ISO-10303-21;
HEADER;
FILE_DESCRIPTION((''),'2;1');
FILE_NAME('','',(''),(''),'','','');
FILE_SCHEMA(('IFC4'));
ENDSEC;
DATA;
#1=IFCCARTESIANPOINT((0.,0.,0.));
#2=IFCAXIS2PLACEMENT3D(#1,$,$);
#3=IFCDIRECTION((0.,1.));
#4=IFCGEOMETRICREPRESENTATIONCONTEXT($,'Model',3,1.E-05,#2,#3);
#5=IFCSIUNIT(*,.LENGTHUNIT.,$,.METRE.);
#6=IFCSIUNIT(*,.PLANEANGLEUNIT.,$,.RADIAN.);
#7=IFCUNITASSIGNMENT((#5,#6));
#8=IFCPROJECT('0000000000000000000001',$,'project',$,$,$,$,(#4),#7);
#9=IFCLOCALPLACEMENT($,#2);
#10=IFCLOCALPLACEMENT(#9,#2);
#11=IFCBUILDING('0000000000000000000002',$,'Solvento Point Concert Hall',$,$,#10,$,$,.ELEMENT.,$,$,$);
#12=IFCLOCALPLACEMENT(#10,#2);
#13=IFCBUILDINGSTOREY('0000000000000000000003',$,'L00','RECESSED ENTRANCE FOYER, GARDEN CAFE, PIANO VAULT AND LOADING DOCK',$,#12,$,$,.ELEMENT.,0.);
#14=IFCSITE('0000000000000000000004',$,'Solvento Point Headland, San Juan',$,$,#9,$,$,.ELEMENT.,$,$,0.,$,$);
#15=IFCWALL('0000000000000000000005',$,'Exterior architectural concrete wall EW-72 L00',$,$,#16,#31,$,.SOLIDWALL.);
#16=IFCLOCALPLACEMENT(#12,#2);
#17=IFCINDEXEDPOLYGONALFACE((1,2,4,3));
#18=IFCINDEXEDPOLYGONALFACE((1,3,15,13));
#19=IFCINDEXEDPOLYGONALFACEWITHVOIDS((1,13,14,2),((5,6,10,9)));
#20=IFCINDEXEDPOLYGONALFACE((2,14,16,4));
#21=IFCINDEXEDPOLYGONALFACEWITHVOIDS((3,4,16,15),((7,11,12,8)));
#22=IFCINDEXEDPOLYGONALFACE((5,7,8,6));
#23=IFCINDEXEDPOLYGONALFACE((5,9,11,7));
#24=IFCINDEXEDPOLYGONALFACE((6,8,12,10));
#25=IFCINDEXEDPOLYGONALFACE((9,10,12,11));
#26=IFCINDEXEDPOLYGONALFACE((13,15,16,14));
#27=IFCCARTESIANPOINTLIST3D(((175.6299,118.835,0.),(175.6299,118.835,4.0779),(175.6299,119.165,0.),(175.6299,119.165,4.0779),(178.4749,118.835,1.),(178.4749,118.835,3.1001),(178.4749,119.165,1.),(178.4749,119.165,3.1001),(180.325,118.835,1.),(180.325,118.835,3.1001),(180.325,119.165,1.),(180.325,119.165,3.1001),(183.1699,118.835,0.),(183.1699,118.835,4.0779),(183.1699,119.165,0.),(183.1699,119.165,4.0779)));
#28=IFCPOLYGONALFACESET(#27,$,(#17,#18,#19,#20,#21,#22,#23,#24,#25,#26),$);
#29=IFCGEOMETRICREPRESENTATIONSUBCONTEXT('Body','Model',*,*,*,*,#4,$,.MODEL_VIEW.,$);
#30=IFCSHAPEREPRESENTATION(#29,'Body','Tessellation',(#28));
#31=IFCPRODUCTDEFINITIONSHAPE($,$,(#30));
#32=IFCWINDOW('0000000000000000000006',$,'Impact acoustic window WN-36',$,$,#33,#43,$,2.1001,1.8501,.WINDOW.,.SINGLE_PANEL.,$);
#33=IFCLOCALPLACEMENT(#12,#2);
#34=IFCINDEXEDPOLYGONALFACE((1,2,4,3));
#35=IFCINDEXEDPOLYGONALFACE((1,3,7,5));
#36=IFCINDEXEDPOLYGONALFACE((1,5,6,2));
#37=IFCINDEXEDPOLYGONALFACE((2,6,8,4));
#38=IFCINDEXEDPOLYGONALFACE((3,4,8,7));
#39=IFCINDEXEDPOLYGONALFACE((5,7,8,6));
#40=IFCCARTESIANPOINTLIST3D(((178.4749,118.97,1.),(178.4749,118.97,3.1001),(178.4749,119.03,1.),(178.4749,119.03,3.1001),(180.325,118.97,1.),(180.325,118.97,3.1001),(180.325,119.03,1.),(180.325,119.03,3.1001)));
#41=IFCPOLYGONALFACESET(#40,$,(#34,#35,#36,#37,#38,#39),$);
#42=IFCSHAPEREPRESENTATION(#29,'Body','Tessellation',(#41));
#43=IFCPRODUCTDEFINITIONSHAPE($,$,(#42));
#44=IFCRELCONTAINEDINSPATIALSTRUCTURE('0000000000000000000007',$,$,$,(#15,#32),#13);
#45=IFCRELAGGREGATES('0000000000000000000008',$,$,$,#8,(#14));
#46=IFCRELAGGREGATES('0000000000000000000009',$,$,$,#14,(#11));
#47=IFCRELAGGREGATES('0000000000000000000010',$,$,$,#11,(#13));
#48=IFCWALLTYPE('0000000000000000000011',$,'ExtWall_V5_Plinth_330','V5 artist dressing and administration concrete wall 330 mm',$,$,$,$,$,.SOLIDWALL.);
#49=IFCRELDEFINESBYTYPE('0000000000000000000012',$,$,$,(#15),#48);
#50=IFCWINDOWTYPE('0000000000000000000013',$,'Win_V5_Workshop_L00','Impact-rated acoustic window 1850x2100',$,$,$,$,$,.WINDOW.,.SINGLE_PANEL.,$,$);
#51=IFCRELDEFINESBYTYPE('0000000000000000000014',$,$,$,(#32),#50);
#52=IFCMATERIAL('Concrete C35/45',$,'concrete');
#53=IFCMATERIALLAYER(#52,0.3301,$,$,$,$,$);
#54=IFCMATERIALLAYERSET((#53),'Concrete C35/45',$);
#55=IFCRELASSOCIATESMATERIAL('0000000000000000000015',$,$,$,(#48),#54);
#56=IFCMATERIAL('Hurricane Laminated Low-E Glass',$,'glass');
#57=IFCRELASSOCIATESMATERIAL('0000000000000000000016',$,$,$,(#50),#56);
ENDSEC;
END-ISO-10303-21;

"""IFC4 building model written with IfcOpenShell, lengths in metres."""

from ifc_helpers import new_model, si_unit, direction, frame, frame_2d, origin, place, context, subcontext, project, spatial, rectangle, extrude, material, layer, layer_set, type_object, element, fill, save


model = new_model("IFC4")

# Units and contexts
model_context = context("Model", 3, precision=1e-05, world=origin(), true_north=direction((0.0, 1.0)))
body_context = subcontext(model_context, "Body", "Model", "MODEL_VIEW")
ifc_project = project(units=[si_unit("LENGTHUNIT", "METRE"), si_unit("PLANEANGLEUNIT", "RADIAN")], contexts=[model_context])

# Site, building, storey
site_placement = place(None, origin())
site = spatial("IfcSite", under=ifc_project, at=site_placement, Name="Solvento Point Headland, San Juan", CompositionType="ELEMENT", RefElevation=0.0)
building_placement = place(site_placement, origin())
building = spatial("IfcBuilding", under=site, at=building_placement, Name="Solvento Point Concert Hall", CompositionType="ELEMENT")
storey_placement = place(building_placement, origin())
storey = spatial("IfcBuildingStorey", under=building, at=storey_placement, Name="L00", Description="RECESSED ENTRANCE FOYER, GARDEN CAFE, PIANO VAULT AND LOADING DOCK", CompositionType="ELEMENT", Elevation=0.0)

# Wall, opening, window
ifc_material_1 = material(Name="Concrete C35/45", Category="concrete")
ifc_layer_1 = layer(ifc_material_1, 0.3301)
ifc_layer_set_1 = layer_set([ifc_layer_1], Name="Concrete C35/45")
wall_type_1 = type_object("IfcWallType", Name="ExtWall_V5_Plinth_330", Description="V5 artist dressing and administration concrete wall 330 mm", PredefinedType="SOLIDWALL", material=ifc_layer_set_1)
ifc_material_2 = material(Name="Hurricane Laminated Low-E Glass", Category="glass")
window_type = type_object("IfcWindowType", Name="Win_V5_Workshop_L00", Description="Impact-rated acoustic window 1850x2100", PartitioningType="SINGLE_PANEL", PredefinedType="WINDOW", material=ifc_material_2)
wall_1_placement = place(storey_placement, frame((183.1699, 119.0, 0.0), z_axis=(0.0, 0.0, 1.0), x_axis=(-1.0, 0.0, 0.0)))
wall_1 = element("IfcWall", 1, at=wall_1_placement, inside=storey, type_object=wall_type_1, Name="Exterior architectural concrete wall EW-72 L00", PredefinedType="SOLIDWALL", context=body_context, shape_type="SweptSolid", body=[
    extrude(rectangle(XDim=7.54, YDim=0.3301, at=frame_2d((3.77, 0.0))), origin(), (0.0, 0.0, 1.0), 4.0779),
])
opening_1_placement = place(wall_1_placement, frame((2.845, 0.0, 1.0)))
opening_1 = element("IfcOpeningElement", 2, at=opening_1_placement, cuts=wall_1, PredefinedType="OPENING", context=body_context, shape_type="SweptSolid", body=[
    extrude(rectangle(XDim=1.8501, YDim=2.1001, at=frame_2d((0.925, 1.05))), frame((0.0, 0.175, 0.0), z_axis=(0.0, -1.0, 0.0), x_axis=(1.0, 0.0, 0.0)), (0.0, 0.0, 1.0), 0.3501),
])
window_1_placement = place(opening_1_placement, origin())
window_1 = element("IfcWindow", 3, at=window_1_placement, inside=storey, type_object=window_type, Name="Impact acoustic window WN-36", OverallHeight=2.1001, OverallWidth=1.8501, PartitioningType="SINGLE_PANEL", PredefinedType="WINDOW", context=body_context, shape_type="SweptSolid", body=[
    extrude(rectangle(XDim=1.8501, YDim=2.1001, at=frame_2d((0.925, 1.05))), frame((0.0, 0.03, 0.0), z_axis=(0.0, -1.0, 0.0), x_axis=(1.0, 0.0, 0.0)), (0.0, 0.0, 1.0), 0.0601),
])
fill(opening_1, window_1)

save(model, "model.ifc")
